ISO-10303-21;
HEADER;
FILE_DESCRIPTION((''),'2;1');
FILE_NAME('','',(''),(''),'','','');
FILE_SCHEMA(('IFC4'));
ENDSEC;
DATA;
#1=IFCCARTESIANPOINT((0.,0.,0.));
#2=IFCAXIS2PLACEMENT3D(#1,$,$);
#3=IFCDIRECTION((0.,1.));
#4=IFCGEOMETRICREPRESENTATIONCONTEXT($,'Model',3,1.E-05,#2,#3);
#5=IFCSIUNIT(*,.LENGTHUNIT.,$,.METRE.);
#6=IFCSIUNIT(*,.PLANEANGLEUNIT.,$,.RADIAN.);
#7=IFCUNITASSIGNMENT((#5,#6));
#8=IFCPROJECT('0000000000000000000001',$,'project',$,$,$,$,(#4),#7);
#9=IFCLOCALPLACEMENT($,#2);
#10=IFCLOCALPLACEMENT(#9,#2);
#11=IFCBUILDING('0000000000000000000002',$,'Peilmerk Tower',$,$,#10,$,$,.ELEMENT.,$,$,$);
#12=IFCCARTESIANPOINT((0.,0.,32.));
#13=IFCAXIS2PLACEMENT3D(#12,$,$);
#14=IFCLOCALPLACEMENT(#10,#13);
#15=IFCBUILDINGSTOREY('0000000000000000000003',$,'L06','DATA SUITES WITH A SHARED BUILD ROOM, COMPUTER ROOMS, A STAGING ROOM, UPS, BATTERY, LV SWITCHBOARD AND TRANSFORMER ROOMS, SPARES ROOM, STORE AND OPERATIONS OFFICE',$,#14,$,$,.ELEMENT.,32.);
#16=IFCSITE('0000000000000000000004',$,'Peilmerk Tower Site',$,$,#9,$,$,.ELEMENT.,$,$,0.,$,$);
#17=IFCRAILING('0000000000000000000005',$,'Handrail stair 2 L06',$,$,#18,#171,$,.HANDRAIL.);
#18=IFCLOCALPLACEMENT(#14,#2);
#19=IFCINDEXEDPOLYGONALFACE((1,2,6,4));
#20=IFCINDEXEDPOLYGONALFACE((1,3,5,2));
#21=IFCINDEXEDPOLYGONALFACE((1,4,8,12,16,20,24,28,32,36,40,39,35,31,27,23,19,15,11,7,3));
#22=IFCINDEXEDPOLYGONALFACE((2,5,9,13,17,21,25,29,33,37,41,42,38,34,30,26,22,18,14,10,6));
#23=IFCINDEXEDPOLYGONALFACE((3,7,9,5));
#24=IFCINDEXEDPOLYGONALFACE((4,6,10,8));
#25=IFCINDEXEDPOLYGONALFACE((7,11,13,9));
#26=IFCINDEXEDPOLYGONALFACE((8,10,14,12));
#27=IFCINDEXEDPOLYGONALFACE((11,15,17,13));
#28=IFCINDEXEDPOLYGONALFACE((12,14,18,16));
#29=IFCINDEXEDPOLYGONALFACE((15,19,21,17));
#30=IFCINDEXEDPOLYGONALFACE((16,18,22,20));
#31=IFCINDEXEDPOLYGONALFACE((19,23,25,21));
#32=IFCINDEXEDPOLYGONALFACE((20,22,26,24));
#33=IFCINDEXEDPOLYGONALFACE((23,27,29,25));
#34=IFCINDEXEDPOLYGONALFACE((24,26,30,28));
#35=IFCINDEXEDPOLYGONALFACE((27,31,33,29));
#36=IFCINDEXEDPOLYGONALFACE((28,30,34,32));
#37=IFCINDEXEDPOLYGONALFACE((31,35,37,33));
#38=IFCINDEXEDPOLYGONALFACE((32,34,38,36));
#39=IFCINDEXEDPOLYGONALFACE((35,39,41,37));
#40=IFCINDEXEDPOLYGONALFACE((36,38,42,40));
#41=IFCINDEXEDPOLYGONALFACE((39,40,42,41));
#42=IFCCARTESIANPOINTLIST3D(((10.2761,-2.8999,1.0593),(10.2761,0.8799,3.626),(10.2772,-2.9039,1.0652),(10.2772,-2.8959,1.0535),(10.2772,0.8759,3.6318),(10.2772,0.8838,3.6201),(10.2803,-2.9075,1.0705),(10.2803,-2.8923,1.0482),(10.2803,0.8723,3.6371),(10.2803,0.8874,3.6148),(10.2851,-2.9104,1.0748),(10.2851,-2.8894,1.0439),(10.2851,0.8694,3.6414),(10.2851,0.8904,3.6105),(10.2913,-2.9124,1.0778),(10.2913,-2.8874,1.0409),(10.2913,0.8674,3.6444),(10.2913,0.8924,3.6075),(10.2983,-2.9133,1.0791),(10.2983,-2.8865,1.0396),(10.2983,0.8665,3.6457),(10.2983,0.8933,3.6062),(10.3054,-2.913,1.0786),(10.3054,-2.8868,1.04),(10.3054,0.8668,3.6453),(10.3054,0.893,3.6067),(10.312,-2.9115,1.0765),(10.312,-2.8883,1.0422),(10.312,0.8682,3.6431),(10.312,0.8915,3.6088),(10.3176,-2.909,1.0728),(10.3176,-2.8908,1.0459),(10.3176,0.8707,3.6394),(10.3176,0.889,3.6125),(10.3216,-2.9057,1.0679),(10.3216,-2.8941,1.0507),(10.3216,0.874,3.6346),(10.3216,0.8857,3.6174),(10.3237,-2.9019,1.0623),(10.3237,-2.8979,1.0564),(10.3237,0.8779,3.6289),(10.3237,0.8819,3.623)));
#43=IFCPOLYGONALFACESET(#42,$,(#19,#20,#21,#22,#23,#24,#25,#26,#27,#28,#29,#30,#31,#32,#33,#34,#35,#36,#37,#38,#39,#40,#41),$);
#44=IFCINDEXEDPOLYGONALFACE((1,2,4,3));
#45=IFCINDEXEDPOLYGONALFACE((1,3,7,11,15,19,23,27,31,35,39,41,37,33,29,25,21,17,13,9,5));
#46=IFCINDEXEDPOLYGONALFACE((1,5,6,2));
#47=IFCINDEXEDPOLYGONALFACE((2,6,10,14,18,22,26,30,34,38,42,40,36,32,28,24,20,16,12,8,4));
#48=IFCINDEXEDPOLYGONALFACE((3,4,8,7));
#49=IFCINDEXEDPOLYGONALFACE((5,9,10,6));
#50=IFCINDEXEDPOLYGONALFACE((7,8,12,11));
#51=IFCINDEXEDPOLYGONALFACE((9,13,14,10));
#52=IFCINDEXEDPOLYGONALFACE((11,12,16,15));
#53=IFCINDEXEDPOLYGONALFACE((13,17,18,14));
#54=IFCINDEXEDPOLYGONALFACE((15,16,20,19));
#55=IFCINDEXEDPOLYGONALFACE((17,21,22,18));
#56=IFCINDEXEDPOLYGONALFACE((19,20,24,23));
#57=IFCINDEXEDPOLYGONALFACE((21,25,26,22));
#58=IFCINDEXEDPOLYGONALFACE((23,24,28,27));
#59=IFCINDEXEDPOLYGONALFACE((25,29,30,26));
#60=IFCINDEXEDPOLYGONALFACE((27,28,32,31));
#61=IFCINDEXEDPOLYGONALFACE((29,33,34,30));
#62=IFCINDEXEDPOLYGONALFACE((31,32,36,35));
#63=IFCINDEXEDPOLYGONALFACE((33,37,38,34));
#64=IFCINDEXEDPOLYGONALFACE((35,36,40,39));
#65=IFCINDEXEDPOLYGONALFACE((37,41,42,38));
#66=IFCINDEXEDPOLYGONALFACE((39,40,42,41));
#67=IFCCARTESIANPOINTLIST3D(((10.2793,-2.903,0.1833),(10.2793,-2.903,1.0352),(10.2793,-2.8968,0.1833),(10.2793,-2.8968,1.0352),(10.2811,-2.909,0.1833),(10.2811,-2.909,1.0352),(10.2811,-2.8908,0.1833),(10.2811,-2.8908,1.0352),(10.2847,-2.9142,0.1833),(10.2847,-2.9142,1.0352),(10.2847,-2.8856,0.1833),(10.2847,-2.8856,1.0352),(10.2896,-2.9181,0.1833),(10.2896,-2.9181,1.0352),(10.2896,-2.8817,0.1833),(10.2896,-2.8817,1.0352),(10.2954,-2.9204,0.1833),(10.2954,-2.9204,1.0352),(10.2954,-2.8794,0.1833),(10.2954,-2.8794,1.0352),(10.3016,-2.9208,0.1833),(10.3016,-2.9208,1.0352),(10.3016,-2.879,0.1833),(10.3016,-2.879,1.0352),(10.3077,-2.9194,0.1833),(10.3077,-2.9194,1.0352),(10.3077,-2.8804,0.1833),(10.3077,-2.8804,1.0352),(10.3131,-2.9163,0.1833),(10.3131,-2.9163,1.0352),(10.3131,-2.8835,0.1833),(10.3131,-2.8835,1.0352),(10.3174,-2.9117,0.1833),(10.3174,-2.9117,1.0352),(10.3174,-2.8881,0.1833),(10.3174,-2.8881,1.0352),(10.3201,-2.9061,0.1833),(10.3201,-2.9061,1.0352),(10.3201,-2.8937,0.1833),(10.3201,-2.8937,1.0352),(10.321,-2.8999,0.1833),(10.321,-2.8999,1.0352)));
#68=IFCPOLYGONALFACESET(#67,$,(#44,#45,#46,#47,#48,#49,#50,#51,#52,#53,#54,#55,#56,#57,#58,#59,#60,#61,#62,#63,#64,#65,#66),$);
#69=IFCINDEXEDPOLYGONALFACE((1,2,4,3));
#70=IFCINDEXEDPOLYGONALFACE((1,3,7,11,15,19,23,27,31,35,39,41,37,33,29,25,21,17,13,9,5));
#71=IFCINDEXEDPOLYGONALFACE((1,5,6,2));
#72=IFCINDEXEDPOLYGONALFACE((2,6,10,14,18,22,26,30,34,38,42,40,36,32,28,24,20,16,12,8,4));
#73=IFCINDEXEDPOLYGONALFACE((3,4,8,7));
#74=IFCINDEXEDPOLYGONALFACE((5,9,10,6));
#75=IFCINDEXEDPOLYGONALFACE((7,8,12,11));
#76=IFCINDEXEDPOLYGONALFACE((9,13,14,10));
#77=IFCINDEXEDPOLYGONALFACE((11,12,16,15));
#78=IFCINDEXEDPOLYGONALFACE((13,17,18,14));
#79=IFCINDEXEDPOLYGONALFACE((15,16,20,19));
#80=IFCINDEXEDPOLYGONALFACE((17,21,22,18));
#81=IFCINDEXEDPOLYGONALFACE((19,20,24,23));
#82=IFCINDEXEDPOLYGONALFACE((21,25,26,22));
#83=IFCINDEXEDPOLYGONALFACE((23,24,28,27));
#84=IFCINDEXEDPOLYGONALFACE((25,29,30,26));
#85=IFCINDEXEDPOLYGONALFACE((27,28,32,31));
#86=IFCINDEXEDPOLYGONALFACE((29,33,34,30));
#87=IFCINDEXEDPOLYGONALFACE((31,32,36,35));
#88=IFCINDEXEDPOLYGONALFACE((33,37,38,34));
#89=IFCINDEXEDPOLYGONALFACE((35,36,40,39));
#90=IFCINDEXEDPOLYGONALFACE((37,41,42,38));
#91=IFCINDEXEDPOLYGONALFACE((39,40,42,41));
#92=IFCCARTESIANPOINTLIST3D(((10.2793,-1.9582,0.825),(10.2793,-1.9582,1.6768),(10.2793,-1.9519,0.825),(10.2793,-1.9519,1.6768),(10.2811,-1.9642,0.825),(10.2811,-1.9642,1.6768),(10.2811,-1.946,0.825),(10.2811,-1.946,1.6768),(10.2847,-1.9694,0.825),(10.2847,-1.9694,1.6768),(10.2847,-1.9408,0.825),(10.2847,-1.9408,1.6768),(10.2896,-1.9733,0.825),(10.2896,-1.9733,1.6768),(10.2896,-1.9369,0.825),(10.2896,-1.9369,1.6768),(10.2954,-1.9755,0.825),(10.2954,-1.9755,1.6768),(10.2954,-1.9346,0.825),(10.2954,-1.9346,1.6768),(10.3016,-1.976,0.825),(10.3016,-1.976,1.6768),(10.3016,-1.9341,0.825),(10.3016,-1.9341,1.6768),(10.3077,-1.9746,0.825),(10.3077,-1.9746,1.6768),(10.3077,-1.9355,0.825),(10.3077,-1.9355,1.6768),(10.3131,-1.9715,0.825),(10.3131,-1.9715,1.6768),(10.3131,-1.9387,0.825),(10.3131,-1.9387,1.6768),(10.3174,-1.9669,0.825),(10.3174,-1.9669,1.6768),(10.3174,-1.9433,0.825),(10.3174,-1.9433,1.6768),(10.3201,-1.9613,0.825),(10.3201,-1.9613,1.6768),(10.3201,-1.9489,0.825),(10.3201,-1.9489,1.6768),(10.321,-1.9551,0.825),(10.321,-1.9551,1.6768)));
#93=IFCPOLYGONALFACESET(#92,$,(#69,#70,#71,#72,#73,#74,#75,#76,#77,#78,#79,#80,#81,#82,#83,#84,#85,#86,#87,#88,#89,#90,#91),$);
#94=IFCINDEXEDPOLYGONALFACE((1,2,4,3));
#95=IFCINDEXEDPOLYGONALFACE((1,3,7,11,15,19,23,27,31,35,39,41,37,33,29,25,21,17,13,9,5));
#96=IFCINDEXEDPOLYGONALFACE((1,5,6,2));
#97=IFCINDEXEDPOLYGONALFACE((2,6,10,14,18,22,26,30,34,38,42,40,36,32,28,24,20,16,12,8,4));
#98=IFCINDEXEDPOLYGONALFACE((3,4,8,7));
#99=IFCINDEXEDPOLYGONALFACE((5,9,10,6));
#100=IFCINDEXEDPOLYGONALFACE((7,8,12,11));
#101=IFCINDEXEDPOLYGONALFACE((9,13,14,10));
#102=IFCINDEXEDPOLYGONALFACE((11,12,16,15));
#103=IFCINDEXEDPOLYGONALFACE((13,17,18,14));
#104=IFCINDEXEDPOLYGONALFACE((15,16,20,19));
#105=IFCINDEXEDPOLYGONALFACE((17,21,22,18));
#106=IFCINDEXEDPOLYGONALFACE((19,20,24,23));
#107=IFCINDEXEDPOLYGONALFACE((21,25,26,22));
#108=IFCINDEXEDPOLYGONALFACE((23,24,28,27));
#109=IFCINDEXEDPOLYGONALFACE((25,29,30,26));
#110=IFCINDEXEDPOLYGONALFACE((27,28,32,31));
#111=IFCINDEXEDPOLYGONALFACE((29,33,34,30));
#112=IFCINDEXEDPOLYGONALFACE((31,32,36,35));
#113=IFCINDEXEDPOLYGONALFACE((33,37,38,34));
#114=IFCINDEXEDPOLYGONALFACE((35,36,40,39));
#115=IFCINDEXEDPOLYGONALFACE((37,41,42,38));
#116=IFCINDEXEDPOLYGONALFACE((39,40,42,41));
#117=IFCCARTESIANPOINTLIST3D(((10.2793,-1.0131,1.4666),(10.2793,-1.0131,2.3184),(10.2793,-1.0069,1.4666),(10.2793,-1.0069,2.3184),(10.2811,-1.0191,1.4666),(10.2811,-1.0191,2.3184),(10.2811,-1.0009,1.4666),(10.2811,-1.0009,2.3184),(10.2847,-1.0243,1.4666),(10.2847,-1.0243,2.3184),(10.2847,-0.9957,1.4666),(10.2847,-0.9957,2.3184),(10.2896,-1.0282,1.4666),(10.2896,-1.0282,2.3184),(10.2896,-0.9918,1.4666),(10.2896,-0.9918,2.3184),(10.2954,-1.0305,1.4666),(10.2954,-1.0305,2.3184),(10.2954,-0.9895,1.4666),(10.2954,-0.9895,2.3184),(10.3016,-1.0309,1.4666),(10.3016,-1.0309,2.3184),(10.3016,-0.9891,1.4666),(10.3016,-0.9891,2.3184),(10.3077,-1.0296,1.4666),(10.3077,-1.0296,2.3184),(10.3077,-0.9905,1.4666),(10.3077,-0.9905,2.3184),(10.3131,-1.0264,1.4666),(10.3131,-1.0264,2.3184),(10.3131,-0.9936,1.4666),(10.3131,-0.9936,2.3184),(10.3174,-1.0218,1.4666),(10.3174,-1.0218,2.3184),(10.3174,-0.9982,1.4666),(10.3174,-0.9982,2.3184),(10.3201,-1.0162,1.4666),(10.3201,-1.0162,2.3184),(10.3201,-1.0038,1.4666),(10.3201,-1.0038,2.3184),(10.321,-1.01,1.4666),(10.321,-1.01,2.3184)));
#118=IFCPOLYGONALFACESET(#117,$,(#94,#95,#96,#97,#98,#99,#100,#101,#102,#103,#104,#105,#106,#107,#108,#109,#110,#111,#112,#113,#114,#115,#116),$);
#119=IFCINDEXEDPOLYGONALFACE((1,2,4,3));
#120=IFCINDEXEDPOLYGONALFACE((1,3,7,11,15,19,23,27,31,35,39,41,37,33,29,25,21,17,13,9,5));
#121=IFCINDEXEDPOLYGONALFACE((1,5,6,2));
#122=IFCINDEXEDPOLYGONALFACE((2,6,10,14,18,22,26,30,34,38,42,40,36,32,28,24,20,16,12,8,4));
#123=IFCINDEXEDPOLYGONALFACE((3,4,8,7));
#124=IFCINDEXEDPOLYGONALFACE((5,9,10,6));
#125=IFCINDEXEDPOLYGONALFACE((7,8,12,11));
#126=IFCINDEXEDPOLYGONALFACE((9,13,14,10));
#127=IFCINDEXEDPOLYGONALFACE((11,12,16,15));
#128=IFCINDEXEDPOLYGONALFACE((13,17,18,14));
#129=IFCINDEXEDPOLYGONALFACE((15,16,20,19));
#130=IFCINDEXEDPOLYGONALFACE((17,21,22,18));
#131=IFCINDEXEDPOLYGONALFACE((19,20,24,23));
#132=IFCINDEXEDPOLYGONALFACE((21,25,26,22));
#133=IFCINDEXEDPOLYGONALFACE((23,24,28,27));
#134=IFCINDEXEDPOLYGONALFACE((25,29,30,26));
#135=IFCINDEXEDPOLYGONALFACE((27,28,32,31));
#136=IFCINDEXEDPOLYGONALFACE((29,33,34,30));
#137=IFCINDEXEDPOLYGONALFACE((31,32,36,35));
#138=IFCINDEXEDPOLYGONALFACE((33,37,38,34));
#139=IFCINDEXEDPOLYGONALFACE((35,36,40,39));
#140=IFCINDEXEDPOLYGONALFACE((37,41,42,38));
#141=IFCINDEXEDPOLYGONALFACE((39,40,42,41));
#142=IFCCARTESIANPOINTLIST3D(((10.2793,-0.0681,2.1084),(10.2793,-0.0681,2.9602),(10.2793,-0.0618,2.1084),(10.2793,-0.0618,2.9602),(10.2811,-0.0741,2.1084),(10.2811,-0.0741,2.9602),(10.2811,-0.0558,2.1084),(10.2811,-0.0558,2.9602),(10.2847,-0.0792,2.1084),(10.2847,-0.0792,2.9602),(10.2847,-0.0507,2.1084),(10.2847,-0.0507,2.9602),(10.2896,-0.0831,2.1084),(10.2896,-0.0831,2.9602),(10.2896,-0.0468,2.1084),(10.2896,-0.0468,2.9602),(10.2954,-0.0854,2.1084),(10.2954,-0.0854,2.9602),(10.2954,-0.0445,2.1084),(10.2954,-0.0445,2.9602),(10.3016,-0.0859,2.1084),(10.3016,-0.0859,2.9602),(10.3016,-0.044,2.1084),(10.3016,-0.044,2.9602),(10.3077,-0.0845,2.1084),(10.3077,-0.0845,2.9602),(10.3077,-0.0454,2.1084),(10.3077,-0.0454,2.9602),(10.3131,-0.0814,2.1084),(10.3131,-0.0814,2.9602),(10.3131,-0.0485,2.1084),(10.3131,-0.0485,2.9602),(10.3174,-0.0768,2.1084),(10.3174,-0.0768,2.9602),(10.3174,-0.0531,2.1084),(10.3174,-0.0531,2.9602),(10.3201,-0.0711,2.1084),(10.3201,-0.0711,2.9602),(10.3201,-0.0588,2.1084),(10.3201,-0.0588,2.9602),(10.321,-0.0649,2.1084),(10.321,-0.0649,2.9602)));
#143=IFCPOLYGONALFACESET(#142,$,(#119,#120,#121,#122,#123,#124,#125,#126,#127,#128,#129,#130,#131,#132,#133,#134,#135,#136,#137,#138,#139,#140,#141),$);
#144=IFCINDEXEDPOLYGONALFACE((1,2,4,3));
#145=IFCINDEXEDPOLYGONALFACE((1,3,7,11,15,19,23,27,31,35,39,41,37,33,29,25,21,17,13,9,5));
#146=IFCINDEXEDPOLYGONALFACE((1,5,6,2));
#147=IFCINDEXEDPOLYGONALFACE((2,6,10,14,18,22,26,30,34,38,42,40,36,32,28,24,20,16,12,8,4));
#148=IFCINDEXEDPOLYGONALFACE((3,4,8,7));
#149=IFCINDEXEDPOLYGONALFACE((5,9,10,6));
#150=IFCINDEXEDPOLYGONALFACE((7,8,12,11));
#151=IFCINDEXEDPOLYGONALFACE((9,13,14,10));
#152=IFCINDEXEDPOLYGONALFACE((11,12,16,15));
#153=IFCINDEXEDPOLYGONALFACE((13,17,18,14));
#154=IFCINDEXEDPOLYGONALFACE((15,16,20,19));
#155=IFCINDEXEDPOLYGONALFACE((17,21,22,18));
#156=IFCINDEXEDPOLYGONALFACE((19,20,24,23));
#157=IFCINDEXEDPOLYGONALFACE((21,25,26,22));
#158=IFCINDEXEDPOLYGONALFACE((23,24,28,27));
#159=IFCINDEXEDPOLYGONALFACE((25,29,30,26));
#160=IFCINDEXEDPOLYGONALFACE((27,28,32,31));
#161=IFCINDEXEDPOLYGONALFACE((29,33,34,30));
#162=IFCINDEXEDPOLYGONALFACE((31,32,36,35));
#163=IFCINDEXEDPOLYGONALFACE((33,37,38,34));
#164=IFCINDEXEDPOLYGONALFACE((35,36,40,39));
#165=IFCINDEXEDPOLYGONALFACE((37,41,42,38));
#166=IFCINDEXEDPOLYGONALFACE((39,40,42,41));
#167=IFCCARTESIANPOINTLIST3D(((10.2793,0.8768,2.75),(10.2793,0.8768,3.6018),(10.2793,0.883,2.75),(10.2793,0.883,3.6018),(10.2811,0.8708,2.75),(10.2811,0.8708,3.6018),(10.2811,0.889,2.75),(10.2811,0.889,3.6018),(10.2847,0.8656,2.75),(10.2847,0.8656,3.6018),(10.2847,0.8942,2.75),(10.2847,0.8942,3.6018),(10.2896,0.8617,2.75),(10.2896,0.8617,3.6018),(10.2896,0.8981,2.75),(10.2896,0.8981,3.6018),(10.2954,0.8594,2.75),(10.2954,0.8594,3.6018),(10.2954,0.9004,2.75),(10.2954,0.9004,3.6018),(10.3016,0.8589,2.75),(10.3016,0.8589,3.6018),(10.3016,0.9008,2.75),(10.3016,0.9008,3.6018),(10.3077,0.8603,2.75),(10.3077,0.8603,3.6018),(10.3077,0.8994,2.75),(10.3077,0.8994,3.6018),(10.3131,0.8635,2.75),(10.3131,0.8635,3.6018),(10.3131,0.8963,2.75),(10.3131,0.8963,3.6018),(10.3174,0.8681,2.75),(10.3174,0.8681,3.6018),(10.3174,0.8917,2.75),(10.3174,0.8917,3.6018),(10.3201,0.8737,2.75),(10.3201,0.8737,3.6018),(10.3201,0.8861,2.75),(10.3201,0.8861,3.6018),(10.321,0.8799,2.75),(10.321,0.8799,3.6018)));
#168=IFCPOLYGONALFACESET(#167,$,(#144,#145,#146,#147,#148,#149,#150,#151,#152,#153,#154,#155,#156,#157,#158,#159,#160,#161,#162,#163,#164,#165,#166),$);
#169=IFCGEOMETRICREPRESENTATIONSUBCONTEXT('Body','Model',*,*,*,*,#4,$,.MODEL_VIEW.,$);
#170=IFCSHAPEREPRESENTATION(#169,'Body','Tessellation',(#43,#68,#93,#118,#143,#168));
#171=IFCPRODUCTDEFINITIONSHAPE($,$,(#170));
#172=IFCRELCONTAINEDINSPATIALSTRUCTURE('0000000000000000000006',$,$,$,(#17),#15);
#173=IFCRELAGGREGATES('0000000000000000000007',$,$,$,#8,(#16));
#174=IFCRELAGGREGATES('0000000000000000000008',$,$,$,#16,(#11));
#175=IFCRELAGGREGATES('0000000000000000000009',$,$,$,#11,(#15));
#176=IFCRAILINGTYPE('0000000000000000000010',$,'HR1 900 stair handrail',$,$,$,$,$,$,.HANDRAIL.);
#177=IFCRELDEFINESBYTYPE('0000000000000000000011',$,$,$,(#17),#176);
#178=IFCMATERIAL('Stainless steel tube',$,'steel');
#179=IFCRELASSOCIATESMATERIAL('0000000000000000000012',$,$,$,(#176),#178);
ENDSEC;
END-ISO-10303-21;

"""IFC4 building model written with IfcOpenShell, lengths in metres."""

from ifc_helpers import new_model, si_unit, direction, frame, origin, origin_2d, place, context, subcontext, project, spatial, circle, extrude, material, type_object, element, save


model = new_model("IFC4")

# Units and contexts
model_context = context("Model", 3, precision=1e-05, world=origin(), true_north=direction((0.0, 1.0)))
body_context = subcontext(model_context, "Body", "Model", "MODEL_VIEW")
ifc_project = project(units=[si_unit("LENGTHUNIT", "METRE"), si_unit("PLANEANGLEUNIT", "RADIAN")], contexts=[model_context])

# Site, building, storey
site_placement = place(None, origin())
site = spatial("IfcSite", under=ifc_project, at=site_placement, Name="Peilmerk Tower Site", CompositionType="ELEMENT", RefElevation=0.0)
building_placement = place(site_placement, origin())
building = spatial("IfcBuilding", under=site, at=building_placement, Name="Peilmerk Tower", CompositionType="ELEMENT")
storey_placement = place(building_placement, frame((0.0, 0.0, 32.0)))
storey = spatial("IfcBuildingStorey", under=building, at=storey_placement, Name="L06", Description="DATA SUITES WITH A SHARED BUILD ROOM, COMPUTER ROOMS, A STAGING ROOM, UPS, BATTERY, LV SWITCHBOARD AND TRANSFORMER ROOMS, SPARES ROOM, STORE AND OPERATIONS OFFICE", CompositionType="ELEMENT", Elevation=32.0)

# Railing
ifc_material_1 = material(Name="Stainless steel tube", Category="steel")
railing_type_1 = type_object("IfcRailingType", Name="HR1 900 stair handrail", PredefinedType="HANDRAIL", material=ifc_material_1)
railing_1_placement = place(storey_placement, frame((10.3, -2.8999, 0.1833)))
element("IfcRailing", 1, at=railing_1_placement, inside=storey, type_object=railing_type_1, Name="Handrail stair 2 L06", PredefinedType="HANDRAIL", context=body_context, shape_type="SweptSolid", body=[
    extrude(circle(Radius=0.0239, at=origin_2d()), frame((0.0, 0.0, 0.876), z_axis=(0.0, 0.827293, 0.561771), x_axis=(-1.0, 0.0, 0.0)), (0.0, 0.0, 1.0), 4.5688),
    extrude(circle(Radius=0.021, at=origin_2d()), origin(), (0.0, 0.0, 1.0), 0.8518),
    extrude(circle(Radius=0.021, at=origin_2d()), frame((0.0, 0.9448, 0.6416)), (0.0, 0.0, 1.0), 0.8518),
    extrude(circle(Radius=0.021, at=origin_2d()), frame((0.0, 1.8899, 1.2832)), (0.0, 0.0, 1.0), 0.8518),
    extrude(circle(Radius=0.021, at=origin_2d()), frame((0.0, 2.835, 1.925)), (0.0, 0.0, 1.0), 0.8518),
    extrude(circle(Radius=0.021, at=origin_2d()), frame((0.0, 3.7798, 2.5667)), (0.0, 0.0, 1.0), 0.8518),
])

save(model, "model.ifc")
